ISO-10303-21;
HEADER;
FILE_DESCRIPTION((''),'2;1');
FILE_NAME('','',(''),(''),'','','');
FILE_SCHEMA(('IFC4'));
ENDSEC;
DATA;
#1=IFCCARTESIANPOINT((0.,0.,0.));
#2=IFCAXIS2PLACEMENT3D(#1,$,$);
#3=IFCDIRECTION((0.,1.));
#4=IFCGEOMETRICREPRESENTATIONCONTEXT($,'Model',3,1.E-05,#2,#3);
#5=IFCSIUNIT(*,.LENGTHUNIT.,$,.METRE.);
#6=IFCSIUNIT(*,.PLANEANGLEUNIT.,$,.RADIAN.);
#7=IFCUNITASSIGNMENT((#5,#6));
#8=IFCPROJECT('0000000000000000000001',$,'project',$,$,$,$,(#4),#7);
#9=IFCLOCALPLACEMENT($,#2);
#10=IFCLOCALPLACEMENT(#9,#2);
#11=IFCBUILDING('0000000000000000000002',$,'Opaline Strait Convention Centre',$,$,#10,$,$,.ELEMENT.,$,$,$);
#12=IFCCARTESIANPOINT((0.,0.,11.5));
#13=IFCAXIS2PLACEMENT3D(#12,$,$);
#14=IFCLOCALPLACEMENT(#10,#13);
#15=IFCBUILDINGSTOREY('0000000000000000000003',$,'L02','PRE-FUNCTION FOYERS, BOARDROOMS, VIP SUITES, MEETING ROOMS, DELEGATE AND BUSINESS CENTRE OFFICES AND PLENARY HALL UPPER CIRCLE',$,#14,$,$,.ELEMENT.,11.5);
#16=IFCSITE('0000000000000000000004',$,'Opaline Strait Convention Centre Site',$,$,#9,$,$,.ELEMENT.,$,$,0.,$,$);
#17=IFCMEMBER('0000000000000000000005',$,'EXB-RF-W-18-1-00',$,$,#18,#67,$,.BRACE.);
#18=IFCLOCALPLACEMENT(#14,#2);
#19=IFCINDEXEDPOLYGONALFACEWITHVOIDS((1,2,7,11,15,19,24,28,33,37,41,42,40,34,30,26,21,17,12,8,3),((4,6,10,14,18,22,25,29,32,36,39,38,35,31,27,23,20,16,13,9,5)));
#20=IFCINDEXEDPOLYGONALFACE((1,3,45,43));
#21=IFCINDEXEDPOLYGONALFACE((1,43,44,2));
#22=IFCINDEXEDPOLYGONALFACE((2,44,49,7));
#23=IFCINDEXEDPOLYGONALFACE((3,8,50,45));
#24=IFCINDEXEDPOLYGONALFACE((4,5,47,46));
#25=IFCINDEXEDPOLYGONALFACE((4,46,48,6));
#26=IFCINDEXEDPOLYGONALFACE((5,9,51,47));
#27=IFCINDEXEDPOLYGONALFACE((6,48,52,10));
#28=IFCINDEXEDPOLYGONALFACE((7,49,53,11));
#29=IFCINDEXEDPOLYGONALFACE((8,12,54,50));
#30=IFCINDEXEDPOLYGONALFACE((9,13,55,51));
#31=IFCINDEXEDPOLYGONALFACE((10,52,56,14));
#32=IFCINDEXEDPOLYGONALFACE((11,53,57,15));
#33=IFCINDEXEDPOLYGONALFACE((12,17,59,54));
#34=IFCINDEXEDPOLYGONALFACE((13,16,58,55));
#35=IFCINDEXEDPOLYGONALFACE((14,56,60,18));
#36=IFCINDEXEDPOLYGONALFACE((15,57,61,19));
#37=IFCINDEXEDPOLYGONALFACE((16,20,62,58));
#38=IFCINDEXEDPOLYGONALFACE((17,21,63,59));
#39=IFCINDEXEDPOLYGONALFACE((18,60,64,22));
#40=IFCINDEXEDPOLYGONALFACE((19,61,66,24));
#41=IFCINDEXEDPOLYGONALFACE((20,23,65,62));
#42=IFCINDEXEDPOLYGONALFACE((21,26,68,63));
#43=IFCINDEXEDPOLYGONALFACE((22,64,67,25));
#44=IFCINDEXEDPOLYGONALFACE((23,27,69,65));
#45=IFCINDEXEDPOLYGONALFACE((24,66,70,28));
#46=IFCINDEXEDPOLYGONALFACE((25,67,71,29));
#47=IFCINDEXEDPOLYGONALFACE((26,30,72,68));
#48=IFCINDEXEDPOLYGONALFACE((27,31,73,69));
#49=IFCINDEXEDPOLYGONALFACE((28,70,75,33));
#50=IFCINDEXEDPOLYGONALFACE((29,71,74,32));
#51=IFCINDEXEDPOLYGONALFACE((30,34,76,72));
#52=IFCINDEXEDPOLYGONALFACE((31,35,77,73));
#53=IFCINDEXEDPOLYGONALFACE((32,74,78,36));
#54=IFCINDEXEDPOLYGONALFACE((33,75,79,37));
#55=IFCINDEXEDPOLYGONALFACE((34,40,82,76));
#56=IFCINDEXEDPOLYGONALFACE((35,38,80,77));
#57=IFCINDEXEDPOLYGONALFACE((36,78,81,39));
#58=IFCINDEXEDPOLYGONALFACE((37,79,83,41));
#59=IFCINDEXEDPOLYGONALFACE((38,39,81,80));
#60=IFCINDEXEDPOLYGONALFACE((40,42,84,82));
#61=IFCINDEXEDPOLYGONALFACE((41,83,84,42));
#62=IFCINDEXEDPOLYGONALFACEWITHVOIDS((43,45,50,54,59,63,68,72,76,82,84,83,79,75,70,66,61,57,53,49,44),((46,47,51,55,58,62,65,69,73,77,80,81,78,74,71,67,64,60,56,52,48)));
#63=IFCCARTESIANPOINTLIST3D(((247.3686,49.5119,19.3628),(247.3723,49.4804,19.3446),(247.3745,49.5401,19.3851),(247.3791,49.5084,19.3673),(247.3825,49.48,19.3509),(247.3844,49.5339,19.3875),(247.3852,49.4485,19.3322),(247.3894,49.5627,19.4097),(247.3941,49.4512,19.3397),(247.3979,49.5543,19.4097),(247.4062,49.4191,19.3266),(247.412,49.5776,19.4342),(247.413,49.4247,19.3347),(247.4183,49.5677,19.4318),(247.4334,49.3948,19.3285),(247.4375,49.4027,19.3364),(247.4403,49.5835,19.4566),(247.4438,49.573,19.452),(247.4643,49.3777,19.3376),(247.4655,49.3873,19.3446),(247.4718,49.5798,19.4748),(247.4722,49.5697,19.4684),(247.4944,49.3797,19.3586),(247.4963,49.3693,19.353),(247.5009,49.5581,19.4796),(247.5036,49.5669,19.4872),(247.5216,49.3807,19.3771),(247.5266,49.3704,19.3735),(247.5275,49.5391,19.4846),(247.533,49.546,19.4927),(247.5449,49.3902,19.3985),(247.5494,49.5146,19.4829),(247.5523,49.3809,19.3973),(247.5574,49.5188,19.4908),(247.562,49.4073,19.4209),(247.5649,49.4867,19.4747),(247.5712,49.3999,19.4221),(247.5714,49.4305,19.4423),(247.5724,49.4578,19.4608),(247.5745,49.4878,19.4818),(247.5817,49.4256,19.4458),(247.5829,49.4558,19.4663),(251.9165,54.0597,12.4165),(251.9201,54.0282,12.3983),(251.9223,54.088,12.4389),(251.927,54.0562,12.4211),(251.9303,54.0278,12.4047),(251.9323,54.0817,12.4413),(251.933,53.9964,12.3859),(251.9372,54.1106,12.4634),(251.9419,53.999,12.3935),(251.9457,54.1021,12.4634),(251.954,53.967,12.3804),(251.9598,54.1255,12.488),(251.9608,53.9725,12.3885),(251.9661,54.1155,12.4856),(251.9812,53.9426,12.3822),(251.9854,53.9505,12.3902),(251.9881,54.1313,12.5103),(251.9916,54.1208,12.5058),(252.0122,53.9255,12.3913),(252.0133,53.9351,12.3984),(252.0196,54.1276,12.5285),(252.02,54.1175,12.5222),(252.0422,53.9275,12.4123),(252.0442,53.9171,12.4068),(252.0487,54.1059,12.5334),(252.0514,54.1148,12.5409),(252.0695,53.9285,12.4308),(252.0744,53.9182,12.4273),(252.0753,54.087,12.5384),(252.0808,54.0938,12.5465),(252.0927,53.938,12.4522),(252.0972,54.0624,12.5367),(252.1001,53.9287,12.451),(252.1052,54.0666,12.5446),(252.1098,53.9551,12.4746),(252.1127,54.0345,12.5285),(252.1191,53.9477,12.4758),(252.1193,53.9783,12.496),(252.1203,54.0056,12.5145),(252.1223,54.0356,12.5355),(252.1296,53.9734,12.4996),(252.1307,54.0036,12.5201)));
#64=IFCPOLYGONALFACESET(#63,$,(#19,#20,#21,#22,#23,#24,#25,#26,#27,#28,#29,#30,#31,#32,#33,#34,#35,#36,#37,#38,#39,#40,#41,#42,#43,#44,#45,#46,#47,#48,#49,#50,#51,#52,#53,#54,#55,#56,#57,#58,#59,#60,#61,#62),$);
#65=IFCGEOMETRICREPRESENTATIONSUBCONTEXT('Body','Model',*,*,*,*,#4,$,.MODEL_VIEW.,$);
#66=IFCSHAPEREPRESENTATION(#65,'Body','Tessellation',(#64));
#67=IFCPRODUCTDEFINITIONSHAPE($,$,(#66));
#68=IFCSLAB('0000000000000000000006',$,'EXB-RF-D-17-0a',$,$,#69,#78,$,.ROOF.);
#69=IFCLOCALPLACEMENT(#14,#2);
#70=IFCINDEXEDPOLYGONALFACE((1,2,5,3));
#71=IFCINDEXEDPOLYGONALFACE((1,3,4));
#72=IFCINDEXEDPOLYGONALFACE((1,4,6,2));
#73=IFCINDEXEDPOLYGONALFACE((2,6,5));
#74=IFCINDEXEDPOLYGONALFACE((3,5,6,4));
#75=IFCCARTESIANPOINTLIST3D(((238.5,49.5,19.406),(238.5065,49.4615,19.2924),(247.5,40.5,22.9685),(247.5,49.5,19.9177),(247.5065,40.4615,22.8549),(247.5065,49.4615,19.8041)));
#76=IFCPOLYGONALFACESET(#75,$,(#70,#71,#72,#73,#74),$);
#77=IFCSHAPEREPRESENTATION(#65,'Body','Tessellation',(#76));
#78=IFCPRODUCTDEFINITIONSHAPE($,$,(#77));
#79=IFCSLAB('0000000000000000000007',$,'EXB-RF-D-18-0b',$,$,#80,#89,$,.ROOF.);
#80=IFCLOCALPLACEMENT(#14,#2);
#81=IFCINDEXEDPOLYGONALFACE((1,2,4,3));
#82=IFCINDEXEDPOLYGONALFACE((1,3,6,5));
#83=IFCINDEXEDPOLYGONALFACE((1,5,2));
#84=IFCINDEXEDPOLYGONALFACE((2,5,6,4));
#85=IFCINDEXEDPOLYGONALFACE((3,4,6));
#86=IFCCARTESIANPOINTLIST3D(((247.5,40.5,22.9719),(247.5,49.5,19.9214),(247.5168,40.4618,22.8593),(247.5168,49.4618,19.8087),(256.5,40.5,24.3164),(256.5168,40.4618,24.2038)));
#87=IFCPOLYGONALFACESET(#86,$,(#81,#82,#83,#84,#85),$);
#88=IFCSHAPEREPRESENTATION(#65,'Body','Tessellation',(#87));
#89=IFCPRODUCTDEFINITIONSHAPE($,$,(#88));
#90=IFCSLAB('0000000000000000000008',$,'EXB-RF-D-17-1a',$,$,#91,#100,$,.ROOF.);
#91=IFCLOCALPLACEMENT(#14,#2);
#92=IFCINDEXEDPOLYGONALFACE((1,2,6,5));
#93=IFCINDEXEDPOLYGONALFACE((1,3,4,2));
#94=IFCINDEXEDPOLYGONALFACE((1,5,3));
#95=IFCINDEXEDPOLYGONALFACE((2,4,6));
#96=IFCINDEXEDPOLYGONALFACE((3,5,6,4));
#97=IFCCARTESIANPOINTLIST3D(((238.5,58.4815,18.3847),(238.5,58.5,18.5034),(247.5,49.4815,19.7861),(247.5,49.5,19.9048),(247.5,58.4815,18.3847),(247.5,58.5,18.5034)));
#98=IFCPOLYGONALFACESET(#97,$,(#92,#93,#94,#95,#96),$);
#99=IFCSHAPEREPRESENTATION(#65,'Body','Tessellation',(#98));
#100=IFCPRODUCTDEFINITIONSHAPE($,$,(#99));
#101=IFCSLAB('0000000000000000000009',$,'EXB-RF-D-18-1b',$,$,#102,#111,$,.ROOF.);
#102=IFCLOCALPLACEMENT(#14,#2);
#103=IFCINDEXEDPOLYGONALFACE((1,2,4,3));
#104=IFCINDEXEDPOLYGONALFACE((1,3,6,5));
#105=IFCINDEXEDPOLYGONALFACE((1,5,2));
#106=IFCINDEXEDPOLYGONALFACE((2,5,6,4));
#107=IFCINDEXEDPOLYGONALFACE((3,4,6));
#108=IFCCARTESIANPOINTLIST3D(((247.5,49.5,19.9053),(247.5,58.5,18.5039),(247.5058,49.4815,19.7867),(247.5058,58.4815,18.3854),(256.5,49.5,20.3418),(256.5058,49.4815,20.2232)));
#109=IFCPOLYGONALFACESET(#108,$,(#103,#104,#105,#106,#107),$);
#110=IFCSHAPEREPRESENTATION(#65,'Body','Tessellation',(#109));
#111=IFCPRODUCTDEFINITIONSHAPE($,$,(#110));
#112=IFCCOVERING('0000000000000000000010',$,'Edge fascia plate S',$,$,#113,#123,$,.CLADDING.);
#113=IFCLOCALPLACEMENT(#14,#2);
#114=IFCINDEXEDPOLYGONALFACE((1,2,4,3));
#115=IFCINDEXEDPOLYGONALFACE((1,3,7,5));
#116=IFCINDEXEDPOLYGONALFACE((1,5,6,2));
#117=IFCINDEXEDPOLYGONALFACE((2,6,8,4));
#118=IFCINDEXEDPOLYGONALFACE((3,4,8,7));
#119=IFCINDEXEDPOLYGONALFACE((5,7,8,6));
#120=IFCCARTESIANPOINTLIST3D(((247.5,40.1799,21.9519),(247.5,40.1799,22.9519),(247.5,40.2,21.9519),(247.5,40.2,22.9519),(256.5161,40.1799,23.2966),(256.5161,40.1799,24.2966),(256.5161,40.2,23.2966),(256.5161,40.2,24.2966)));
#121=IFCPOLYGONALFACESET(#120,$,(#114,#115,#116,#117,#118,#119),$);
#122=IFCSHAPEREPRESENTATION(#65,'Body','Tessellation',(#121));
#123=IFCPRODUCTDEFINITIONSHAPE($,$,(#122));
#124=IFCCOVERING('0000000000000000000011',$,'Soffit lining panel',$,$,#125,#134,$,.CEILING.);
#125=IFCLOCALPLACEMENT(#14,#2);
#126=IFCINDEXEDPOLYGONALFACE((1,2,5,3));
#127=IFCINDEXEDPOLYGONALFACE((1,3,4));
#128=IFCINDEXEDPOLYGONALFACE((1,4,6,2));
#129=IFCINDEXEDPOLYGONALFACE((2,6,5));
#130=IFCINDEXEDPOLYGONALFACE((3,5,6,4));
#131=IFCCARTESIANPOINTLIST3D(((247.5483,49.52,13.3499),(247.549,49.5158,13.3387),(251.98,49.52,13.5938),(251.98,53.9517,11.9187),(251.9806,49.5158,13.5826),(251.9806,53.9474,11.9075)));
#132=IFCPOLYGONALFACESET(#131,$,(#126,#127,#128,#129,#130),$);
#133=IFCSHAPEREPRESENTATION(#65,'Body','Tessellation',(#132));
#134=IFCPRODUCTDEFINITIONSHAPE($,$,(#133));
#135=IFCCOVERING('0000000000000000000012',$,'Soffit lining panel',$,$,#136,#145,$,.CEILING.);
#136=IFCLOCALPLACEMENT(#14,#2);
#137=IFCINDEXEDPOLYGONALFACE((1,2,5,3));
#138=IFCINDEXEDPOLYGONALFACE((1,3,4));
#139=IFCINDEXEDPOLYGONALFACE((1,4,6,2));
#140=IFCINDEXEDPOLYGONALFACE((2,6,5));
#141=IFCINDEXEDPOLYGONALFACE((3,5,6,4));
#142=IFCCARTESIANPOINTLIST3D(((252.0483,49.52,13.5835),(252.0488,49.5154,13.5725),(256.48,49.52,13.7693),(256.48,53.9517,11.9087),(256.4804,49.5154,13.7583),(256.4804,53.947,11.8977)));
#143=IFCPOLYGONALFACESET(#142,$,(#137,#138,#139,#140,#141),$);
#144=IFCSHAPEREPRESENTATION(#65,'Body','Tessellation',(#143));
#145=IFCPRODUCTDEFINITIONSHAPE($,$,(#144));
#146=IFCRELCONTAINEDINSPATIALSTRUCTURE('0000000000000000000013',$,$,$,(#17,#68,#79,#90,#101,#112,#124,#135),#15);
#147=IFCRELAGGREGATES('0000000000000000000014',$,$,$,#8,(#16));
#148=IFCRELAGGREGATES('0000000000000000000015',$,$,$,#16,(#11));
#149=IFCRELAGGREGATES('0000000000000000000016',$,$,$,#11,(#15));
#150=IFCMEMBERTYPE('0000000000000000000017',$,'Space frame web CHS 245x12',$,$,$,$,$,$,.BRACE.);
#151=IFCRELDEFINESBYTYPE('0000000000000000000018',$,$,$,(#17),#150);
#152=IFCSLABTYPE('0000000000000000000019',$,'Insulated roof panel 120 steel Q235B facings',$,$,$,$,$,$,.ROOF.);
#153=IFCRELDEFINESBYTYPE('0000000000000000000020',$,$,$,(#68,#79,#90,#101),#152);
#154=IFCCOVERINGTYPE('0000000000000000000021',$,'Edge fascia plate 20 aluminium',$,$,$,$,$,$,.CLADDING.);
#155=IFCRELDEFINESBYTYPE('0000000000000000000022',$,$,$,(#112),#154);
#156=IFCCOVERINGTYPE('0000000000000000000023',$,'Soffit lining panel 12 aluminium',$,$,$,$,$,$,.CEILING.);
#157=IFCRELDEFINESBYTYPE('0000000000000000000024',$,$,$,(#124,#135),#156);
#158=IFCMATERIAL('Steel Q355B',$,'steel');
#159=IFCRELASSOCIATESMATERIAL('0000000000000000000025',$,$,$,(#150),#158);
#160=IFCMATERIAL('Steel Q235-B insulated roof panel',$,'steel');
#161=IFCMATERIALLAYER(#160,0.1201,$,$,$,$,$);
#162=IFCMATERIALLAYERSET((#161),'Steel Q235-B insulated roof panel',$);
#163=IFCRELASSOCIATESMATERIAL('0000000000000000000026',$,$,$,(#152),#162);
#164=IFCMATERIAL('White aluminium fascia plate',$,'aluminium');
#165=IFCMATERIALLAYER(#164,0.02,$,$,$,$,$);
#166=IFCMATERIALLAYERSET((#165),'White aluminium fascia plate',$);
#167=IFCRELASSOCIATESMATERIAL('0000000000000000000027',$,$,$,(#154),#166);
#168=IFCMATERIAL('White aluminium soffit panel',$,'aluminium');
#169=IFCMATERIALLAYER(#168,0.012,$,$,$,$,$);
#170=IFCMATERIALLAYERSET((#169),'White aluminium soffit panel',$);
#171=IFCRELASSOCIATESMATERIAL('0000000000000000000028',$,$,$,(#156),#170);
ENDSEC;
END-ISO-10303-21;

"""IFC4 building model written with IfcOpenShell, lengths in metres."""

from ifc_helpers import new_model, si_unit, direction, frame, origin, origin_2d, place, context, subcontext, project, spatial, polyline, hollow_circle, outline, extrude, material, layer, layer_set, material_profile, profile_set, type_object, element, save


model = new_model("IFC4")

# Units and contexts
model_context = context("Model", 3, precision=1e-05, world=origin(), true_north=direction((0.0, 1.0)))
body_context = subcontext(model_context, "Body", "Model", "MODEL_VIEW")
ifc_project = project(units=[si_unit("LENGTHUNIT", "METRE"), si_unit("PLANEANGLEUNIT", "RADIAN")], contexts=[model_context])

# Site, building, storey
site_placement = place(None, origin())
site = spatial("IfcSite", under=ifc_project, at=site_placement, Name="Opaline Strait Convention Centre Site", CompositionType="ELEMENT", RefElevation=0.0)
building_placement = place(site_placement, origin())
building = spatial("IfcBuilding", under=site, at=building_placement, Name="Opaline Strait Convention Centre", CompositionType="ELEMENT")
storey_placement = place(building_placement, frame((0.0, 0.0, 11.5)))
storey = spatial("IfcBuildingStorey", under=building, at=storey_placement, Name="L02", Description="PRE-FUNCTION FOYERS, BOARDROOMS, VIP SUITES, MEETING ROOMS, DELEGATE AND BUSINESS CENTRE OFFICES AND PLENARY HALL UPPER CIRCLE", CompositionType="ELEMENT", Elevation=11.5)

# Member
ifc_material_1 = material(Name="Steel Q355B", Category="steel")
ifc_material_profile_1 = material_profile(ifc_material_1, hollow_circle(Radius=0.1226, WallThickness=0.012, at=origin_2d()), Name="CHS 245x12")
ifc_profile_set_1 = profile_set([ifc_material_profile_1], Name="Steel Q355B")
member_type_1 = type_object("IfcMemberType", Name="Space frame web CHS 245x12", PredefinedType="BRACE", material=ifc_profile_set_1)
member_1_placement = place(storey_placement, frame((247.4761, 49.4761, 19.4097), z_axis=(0.480409, 0.480409, -0.733767), x_axis=(-0.707107, 0.707107, 0.0)))
element("IfcMember", 1, at=member_1_placement, inside=storey, type_object=member_type_1, Name="EXB-RF-W-18-1-00", PredefinedType="BRACE", context=body_context, shape_type="SweptSolid", body=[
    extrude(hollow_circle(Radius=0.1226, WallThickness=0.012, at=origin_2d()), origin(), (0.0, 0.0, 1.0), 9.4666),
])

# Slabs
ifc_material_2 = material(Name="Steel Q235-B insulated roof panel", Category="steel")
ifc_layer_1 = layer(ifc_material_2, 0.1201)
ifc_layer_set_1 = layer_set([ifc_layer_1], Name="Steel Q235-B insulated roof panel")
slab_type = type_object("IfcSlabType", Name="Insulated roof panel 120 steel Q235B facings", PredefinedType="ROOF", material=ifc_layer_set_1)
slab_1_placement = place(storey_placement, frame((247.5, 40.5, 22.9685), z_axis=(-0.05377, 0.320569, 0.945698), x_axis=(0.0, 0.947068, -0.321033)))
element("IfcSlab", 2, at=slab_1_placement, inside=storey, type_object=slab_type, Name="EXB-RF-D-17-0a", PredefinedType="ROOF", context=body_context, shape_type="SweptSolid", body=[
    extrude(outline(polyline([(0.0, 0.0), (9.503, 0.0), (9.6673, 9.013), (0.0, 0.0)])), origin(), (0.0, 0.0, -1.0), 0.1201),
])
slab_2_placement = place(storey_placement, frame((247.5, 40.5, 22.9719), z_axis=(-0.140086, 0.317845, 0.937737), x_axis=(0.989025, 0.0, 0.147747)))
element("IfcSlab", 3, at=slab_2_placement, inside=storey, type_object=slab_type, Name="EXB-RF-D-18-0b", PredefinedType="ROOF", context=body_context, shape_type="SweptSolid", body=[
    extrude(outline(polyline([(0.0, 0.0), (9.0999, 0.0), (-0.4507, 9.4922), (0.0, 0.0)])), origin(), (0.0, 0.0, -1.0), 0.1201),
])
slab_3_placement = place(storey_placement, frame((247.5, 49.5, 19.9048), z_axis=(0.0, 0.153854, 0.988094), x_axis=(0.0, 0.988094, -0.153854)))
element("IfcSlab", 4, at=slab_3_placement, inside=storey, type_object=slab_type, Name="EXB-RF-D-17-1a", PredefinedType="ROOF", context=body_context, shape_type="SweptSolid", body=[
    extrude(outline(polyline([(0.0, 0.0), (9.1084, 0.0), (9.1084, 9.0), (0.0, 0.0)])), origin(), (0.0, 0.0, -1.0), 0.1201),
])
slab_4_placement = place(storey_placement, frame((247.5, 49.5, 19.9053), z_axis=(-0.04787, 0.153677, 0.986961), x_axis=(0.998826, 0.0, 0.048446)))
element("IfcSlab", 5, at=slab_4_placement, inside=storey, type_object=slab_type, Name="EXB-RF-D-18-1b", PredefinedType="ROOF", context=body_context, shape_type="SweptSolid", body=[
    extrude(outline(polyline([(0.0, 0.0), (9.0106, 0.0), (-0.0679, 9.1082), (0.0, 0.0)])), origin(), (0.0, 0.0, -1.0), 0.1201),
])

# Coverings
ifc_material_3 = material(Name="White aluminium fascia plate", Category="aluminium")
ifc_layer_2 = layer(ifc_material_3, 0.02)
ifc_layer_set_2 = layer_set([ifc_layer_2], Name="White aluminium fascia plate")
covering_type_1 = type_object("IfcCoveringType", Name="Edge fascia plate 20 aluminium", PredefinedType="CLADDING", material=ifc_layer_set_2)
covering_1_placement = place(storey_placement, frame((252.0081, 40.2, 23.1243), z_axis=(0.0, -1.0, 0.0), x_axis=(1.0, 0.0, 0.0)))
element("IfcCovering", 6, at=covering_1_placement, inside=storey, type_object=covering_type_1, Name="Edge fascia plate S", PredefinedType="CLADDING", context=body_context, shape_type="SweptSolid", body=[
    extrude(outline(polyline([(-4.5081, -0.1724), (4.5081, 1.1724), (4.5081, 0.1724), (-4.5081, -1.1724), (-4.5081, -0.1724)])), origin(), (0.0, 0.0, 1.0), 0.02),
])
ifc_material_4 = material(Name="White aluminium soffit panel", Category="aluminium")
ifc_layer_3 = layer(ifc_material_4, 0.012)
ifc_layer_set_3 = layer_set([ifc_layer_3], Name="White aluminium soffit panel")
covering_type_2 = type_object("IfcCoveringType", Name="Soffit lining panel 12 aluminium", PredefinedType="CEILING", material=ifc_layer_set_3)
covering_2_placement = place(storey_placement, frame((247.5483, 49.52, 13.3499), z_axis=(-0.051413, 0.353094, 0.934174), x_axis=(0.689362, 0.689362, -0.222622)))
element("IfcCovering", 7, at=covering_2_placement, inside=storey, type_object=covering_type_2, Name="Soffit lining panel", PredefinedType="CEILING", context=body_context, shape_type="SweptSolid", body=[
    extrude(outline(polyline([(0.0, 0.0), (6.4286, 0.0), (3.0007, -3.2703), (0.0, 0.0)])), origin(), (0.0, 0.0, -1.0), 0.012),
])
covering_3_placement = place(storey_placement, frame((252.0483, 49.52, 13.5835), z_axis=(-0.038626, 0.386821, 0.921346), x_axis=(0.683135, 0.683135, -0.25817)))
element("IfcCovering", 8, at=covering_3_placement, inside=storey, type_object=covering_type_2, Name="Soffit lining panel", PredefinedType="CEILING", context=body_context, shape_type="SweptSolid", body=[
    extrude(outline(polyline([(0.0, 0.0), (6.4872, 0.0), (2.9794, -3.2859), (0.0, 0.0)])), origin(), (0.0, 0.0, -1.0), 0.012),
])

save(model, "model.ifc")
